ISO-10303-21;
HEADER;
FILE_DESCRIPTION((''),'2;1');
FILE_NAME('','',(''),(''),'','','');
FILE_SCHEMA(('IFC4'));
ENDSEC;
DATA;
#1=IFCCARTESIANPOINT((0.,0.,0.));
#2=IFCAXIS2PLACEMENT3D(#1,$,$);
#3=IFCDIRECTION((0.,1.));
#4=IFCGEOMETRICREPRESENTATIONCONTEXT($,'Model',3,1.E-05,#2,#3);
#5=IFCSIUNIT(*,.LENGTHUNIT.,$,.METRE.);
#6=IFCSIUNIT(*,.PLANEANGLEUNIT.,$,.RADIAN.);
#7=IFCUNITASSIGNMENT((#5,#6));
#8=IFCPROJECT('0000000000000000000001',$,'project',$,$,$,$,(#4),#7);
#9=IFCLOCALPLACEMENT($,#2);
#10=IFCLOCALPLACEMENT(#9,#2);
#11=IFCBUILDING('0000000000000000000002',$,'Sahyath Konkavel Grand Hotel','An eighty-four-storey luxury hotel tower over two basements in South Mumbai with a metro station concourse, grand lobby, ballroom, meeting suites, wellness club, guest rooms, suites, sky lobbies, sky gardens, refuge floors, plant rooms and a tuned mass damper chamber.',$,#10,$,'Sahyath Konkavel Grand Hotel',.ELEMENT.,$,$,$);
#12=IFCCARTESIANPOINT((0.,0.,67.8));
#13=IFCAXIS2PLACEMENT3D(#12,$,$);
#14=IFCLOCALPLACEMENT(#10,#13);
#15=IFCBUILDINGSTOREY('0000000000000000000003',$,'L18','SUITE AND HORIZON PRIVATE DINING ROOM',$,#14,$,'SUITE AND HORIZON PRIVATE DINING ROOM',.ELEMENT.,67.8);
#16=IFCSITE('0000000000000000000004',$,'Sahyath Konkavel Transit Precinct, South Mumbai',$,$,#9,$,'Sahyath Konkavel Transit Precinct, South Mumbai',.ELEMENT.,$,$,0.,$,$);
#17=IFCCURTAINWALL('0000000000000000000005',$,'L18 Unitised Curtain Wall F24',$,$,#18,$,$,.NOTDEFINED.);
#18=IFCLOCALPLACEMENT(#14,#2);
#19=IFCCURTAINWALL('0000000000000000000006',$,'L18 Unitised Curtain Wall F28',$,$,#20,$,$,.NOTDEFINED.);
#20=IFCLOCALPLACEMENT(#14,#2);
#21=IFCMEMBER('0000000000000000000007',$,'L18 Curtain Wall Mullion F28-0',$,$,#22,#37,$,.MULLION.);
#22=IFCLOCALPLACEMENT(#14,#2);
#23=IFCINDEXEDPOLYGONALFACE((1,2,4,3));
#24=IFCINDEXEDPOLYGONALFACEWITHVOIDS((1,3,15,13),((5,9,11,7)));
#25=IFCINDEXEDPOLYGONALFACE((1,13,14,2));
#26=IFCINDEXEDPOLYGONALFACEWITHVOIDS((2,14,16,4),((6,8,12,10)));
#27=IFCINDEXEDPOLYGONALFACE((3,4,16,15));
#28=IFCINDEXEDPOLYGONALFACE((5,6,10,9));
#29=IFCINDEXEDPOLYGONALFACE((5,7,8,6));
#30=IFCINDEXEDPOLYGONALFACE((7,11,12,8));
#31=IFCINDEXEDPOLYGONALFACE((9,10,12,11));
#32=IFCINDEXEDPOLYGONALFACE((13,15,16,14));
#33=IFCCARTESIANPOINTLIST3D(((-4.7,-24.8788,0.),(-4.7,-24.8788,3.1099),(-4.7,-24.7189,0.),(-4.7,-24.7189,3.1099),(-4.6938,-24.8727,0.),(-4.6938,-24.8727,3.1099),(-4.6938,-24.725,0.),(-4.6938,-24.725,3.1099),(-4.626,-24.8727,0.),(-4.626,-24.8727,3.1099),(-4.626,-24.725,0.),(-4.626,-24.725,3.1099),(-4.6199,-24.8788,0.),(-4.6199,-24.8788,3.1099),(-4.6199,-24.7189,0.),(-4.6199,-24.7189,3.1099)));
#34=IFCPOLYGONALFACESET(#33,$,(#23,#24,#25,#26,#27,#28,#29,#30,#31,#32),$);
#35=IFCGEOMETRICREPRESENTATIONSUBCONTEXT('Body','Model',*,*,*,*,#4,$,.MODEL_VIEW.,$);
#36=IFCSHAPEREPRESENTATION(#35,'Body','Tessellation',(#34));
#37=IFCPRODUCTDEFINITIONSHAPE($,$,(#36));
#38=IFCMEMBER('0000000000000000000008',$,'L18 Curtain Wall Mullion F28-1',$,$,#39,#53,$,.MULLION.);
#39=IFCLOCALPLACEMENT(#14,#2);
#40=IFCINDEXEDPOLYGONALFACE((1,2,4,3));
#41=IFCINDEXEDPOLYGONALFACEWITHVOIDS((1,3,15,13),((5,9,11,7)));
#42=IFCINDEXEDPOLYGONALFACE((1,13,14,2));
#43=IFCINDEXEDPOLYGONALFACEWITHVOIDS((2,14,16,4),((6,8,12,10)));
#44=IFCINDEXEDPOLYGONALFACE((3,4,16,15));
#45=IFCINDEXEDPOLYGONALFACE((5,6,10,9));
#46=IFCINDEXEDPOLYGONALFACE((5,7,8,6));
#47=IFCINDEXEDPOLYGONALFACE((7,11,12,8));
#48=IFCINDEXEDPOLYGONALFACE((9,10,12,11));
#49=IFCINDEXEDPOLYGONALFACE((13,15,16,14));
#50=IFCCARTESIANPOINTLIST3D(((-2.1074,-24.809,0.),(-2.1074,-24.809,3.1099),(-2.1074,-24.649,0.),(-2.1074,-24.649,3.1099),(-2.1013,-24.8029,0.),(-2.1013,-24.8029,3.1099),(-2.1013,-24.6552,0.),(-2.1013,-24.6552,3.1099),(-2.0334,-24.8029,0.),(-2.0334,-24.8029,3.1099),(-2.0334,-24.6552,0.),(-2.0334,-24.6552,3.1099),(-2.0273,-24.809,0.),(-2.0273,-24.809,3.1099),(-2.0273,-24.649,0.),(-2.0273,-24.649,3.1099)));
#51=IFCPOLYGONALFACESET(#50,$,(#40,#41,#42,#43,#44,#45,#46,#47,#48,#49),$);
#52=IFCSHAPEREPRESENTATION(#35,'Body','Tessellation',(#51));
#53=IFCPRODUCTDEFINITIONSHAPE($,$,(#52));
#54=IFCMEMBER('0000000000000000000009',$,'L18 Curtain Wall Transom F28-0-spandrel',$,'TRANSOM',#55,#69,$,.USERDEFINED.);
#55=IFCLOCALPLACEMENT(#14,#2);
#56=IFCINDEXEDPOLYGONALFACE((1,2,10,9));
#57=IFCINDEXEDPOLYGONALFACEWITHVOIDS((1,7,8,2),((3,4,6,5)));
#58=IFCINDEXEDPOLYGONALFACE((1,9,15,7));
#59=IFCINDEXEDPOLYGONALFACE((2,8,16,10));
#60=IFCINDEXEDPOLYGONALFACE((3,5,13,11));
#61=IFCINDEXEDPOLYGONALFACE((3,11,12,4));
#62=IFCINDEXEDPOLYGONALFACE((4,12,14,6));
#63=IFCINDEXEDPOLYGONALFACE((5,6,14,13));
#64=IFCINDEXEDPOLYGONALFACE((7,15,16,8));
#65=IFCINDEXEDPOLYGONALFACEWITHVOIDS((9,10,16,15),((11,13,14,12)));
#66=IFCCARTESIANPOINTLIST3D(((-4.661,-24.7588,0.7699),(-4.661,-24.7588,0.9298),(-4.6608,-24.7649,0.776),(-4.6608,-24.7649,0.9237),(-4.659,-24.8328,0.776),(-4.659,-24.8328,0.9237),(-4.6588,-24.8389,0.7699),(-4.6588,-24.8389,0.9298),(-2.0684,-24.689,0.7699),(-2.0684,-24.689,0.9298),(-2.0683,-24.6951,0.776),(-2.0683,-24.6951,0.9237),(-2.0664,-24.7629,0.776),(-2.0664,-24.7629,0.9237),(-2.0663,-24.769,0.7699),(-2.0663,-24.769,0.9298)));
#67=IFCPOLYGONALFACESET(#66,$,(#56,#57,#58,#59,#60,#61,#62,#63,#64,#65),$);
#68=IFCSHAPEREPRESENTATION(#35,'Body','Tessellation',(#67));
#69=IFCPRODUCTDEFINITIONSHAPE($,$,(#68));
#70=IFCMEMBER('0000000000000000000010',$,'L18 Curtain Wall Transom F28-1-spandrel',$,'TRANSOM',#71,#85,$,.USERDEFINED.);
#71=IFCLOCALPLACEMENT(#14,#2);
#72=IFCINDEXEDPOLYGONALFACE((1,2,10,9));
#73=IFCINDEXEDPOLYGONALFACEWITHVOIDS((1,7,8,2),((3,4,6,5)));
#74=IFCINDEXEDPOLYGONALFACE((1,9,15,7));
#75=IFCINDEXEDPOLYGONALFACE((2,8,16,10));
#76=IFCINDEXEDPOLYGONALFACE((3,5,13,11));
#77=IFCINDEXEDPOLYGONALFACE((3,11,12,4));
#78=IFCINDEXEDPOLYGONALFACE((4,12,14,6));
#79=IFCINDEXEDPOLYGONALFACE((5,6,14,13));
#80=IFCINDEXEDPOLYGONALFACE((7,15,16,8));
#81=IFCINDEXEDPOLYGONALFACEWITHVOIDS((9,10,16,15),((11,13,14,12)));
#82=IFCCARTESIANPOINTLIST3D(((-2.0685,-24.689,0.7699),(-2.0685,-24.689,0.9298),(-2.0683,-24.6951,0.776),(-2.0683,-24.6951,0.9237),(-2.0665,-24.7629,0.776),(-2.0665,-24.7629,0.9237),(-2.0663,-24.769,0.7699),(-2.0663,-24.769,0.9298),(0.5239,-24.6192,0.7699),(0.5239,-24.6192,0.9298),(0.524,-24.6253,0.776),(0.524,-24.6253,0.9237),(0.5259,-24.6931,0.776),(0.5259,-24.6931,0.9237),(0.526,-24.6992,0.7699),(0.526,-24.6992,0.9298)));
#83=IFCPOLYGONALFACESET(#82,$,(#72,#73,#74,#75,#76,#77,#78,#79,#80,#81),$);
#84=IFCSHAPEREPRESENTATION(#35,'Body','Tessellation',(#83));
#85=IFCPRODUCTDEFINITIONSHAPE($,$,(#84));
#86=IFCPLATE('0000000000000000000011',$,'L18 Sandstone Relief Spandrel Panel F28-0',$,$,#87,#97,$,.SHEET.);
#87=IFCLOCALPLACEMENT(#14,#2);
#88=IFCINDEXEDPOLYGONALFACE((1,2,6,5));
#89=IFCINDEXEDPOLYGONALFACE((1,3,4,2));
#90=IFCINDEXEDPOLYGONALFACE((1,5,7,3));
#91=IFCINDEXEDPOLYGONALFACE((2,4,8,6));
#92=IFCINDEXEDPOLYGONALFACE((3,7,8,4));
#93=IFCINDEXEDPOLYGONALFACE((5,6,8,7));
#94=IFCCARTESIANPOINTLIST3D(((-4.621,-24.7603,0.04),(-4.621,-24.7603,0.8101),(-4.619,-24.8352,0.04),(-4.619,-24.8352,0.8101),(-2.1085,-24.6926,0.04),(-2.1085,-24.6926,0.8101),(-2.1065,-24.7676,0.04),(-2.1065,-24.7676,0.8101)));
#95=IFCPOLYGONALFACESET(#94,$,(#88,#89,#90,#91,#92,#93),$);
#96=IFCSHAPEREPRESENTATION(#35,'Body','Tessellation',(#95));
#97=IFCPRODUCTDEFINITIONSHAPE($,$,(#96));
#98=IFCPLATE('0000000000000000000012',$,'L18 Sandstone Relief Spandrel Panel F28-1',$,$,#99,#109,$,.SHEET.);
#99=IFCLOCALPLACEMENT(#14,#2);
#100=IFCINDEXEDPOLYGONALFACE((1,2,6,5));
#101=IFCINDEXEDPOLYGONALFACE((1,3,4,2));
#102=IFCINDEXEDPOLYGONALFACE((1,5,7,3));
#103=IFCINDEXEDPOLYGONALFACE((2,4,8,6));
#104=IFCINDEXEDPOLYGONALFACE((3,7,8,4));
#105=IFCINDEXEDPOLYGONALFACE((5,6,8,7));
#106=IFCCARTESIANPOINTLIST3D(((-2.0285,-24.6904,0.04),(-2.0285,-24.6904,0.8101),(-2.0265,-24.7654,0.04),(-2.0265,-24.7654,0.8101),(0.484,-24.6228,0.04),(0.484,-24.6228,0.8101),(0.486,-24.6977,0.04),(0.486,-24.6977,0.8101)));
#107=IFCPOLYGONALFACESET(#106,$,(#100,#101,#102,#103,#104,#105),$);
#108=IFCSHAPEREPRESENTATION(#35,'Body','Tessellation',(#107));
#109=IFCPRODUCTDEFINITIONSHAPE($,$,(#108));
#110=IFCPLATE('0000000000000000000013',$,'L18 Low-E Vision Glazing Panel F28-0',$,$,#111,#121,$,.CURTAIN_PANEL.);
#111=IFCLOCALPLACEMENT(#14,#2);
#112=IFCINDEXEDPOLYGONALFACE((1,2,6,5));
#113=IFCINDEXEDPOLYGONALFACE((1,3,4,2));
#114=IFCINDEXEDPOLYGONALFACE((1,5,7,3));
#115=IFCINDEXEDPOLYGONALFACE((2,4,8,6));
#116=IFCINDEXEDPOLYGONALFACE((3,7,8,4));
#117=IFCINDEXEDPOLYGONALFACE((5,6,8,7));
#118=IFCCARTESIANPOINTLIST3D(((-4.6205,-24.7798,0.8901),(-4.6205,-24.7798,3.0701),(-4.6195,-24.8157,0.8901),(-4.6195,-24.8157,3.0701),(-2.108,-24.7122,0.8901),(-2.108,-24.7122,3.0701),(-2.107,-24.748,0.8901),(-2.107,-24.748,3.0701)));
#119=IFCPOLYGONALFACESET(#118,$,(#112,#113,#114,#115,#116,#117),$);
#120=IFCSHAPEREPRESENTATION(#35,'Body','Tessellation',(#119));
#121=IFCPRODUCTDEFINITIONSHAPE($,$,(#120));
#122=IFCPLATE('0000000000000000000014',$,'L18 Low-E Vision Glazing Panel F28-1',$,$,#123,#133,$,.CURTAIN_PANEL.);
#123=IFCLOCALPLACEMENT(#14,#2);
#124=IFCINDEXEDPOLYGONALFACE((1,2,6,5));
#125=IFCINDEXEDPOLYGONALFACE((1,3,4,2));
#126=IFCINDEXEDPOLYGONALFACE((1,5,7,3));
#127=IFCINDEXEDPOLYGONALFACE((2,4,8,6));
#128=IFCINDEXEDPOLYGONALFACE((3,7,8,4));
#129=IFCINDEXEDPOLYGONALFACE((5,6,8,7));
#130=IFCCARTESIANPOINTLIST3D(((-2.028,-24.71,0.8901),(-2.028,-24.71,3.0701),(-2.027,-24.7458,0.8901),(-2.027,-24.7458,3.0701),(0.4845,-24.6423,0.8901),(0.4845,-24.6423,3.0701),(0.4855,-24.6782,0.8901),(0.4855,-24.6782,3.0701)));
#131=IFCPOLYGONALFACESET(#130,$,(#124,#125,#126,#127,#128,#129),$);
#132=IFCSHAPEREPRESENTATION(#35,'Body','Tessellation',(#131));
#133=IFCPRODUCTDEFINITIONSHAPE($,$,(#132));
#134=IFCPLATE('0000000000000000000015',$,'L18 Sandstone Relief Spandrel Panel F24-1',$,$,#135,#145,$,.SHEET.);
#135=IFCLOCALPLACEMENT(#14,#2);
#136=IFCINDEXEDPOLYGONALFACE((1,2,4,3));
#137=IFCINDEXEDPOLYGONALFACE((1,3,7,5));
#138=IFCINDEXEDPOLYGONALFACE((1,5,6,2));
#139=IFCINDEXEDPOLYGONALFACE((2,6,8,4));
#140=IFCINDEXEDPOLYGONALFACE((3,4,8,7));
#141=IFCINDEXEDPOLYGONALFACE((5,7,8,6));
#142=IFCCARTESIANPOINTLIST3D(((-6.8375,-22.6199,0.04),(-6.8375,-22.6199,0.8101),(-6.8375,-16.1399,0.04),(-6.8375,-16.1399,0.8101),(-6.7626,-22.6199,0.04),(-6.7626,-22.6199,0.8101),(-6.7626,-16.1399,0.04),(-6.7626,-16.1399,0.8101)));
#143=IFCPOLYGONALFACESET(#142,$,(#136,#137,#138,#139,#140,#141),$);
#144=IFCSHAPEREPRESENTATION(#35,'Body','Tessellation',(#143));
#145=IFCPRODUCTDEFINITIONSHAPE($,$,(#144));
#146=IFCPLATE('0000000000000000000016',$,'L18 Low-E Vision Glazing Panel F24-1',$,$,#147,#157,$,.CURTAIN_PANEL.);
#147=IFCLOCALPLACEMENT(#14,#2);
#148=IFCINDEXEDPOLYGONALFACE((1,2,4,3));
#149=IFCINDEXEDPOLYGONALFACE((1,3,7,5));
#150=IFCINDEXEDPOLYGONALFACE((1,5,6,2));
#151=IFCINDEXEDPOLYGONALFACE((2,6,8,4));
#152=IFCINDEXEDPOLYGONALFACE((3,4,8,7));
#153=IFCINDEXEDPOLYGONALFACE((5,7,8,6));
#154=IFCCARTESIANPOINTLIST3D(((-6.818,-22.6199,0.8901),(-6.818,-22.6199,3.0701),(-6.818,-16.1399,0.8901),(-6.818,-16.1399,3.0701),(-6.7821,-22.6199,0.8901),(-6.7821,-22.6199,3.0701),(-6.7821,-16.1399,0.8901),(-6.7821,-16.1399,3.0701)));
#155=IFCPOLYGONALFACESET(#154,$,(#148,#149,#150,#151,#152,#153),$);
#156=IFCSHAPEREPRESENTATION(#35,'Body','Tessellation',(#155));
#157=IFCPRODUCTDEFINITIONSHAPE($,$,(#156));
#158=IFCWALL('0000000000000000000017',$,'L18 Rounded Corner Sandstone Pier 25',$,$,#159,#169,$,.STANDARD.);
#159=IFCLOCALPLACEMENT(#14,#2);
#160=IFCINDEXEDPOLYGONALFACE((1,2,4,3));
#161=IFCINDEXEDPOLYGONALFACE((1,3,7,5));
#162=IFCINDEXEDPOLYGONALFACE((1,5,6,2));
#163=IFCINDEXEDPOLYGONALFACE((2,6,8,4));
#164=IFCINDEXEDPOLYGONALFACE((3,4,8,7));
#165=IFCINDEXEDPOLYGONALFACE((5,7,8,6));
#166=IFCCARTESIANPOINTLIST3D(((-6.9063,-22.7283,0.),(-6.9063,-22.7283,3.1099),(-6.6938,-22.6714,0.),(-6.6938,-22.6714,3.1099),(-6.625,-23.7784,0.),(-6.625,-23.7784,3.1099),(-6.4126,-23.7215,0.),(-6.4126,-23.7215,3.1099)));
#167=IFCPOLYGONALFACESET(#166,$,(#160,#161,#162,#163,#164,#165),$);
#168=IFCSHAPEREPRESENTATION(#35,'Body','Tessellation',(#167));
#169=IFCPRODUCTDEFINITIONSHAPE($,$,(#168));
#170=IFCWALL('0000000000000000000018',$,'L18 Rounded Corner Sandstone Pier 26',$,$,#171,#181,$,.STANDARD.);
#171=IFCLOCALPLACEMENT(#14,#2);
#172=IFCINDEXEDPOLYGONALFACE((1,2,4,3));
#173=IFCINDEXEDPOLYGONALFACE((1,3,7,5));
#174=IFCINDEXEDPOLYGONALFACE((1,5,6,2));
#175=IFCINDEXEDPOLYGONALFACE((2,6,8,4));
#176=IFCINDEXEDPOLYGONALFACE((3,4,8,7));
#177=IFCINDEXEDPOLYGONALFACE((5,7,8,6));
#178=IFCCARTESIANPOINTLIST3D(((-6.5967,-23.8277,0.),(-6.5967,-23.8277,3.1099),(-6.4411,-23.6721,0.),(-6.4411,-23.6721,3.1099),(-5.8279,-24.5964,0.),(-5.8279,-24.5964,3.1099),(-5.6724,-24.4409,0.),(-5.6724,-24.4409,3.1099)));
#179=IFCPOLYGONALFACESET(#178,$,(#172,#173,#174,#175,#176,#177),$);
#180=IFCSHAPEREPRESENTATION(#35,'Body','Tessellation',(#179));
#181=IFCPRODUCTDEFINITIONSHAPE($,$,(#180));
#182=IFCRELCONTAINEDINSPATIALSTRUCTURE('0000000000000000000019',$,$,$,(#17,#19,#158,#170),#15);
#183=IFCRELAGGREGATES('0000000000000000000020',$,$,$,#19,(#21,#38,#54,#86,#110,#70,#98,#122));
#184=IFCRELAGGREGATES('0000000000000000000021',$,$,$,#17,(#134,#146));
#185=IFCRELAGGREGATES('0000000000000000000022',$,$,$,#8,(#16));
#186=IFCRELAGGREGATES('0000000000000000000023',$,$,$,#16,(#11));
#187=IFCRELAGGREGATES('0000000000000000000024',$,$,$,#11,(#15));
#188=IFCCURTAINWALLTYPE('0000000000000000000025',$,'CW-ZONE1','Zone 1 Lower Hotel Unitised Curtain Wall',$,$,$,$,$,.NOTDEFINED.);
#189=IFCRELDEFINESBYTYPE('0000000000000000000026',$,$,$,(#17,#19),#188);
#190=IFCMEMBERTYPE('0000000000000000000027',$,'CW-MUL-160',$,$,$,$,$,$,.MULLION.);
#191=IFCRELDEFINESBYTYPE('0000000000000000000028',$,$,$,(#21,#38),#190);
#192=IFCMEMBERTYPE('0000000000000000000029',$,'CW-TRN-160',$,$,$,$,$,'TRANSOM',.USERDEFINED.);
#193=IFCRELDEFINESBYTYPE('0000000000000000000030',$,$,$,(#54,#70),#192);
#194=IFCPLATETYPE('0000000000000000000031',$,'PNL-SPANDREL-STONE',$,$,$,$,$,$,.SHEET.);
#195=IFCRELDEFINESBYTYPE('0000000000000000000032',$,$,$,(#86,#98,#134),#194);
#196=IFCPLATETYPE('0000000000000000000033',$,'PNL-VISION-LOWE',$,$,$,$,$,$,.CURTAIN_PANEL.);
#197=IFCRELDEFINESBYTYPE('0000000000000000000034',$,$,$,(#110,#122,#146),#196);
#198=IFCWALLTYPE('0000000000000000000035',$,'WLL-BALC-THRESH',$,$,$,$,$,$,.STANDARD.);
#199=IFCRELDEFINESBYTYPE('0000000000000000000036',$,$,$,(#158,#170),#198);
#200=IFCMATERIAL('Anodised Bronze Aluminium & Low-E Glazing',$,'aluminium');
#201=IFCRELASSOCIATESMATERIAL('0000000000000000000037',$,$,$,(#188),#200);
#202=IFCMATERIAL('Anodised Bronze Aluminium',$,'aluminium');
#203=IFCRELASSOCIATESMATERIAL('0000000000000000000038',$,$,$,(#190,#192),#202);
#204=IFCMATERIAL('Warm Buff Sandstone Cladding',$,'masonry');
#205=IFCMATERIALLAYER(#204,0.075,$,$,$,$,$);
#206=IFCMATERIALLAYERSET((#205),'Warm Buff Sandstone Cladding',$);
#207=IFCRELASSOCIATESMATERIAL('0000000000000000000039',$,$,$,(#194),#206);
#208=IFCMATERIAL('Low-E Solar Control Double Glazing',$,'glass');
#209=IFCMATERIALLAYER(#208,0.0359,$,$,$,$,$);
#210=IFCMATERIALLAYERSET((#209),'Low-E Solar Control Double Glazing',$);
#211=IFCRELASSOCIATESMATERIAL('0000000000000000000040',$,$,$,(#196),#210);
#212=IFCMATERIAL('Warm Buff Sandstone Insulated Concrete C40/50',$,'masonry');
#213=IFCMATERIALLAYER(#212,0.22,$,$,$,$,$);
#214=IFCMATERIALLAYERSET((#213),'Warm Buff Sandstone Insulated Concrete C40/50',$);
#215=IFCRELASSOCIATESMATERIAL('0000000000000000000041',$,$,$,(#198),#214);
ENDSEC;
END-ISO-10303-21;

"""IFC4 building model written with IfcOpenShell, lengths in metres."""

from ifc_helpers import new_model, si_unit, direction, frame, frame_2d, origin, origin_2d, place, context, subcontext, project, spatial, rectangle, hollow_rectangle, extrude, source, transform, mapped, material, layer, layer_set, material_profile, profile_set, type_object, element, aggregate, save


model = new_model("IFC4")

# Units and contexts
model_context = context("Model", 3, precision=1e-05, world=origin(), true_north=direction((0.0, 1.0)))
body_context = subcontext(model_context, "Body", "Model", "MODEL_VIEW")
ifc_project = project(units=[si_unit("LENGTHUNIT", "METRE"), si_unit("PLANEANGLEUNIT", "RADIAN")], contexts=[model_context])

# Site, building, storey
site_placement = place(None, origin())
site = spatial("IfcSite", under=ifc_project, at=site_placement, Name="Sahyath Konkavel Transit Precinct, South Mumbai", LongName="Sahyath Konkavel Transit Precinct, South Mumbai", CompositionType="ELEMENT", RefElevation=0.0)
building_placement = place(site_placement, origin())
building = spatial("IfcBuilding", under=site, at=building_placement, Name="Sahyath Konkavel Grand Hotel", Description="An eighty-four-storey luxury hotel tower over two basements in South Mumbai with a metro station concourse, grand lobby, ballroom, meeting suites, wellness club, guest rooms, suites, sky lobbies, sky gardens, refuge floors, plant rooms and a tuned mass damper chamber.", LongName="Sahyath Konkavel Grand Hotel", CompositionType="ELEMENT")
storey_placement = place(building_placement, frame((0.0, 0.0, 67.8)))
storey = spatial("IfcBuildingStorey", under=building, at=storey_placement, Name="L18", Description="SUITE AND HORIZON PRIVATE DINING ROOM", LongName="SUITE AND HORIZON PRIVATE DINING ROOM", CompositionType="ELEMENT", Elevation=67.8)

# Curtain wall
ifc_material_1 = material(Name="Anodised Bronze Aluminium & Low-E Glazing", Category="aluminium")
curtain_wall_type = type_object("IfcCurtainWallType", Name="CW-ZONE1", Description="Zone 1 Lower Hotel Unitised Curtain Wall", PredefinedType="NOTDEFINED", material=ifc_material_1)
curtain_wall_1_placement = place(storey_placement, origin())
curtain_wall_1 = element("IfcCurtainWall", 1, at=curtain_wall_1_placement, inside=storey, type_object=curtain_wall_type, Name="L18 Unitised Curtain Wall F24", PredefinedType="NOTDEFINED")
ifc_material_2 = material(Name="Anodised Bronze Aluminium", Category="aluminium")
ifc_material_profile_1 = material_profile(ifc_material_2, hollow_rectangle(XDim=0.0801, YDim=0.1599, WallThickness=0.0061, at=origin_2d()), Name="RHS 160x80x6")
ifc_profile_set_1 = profile_set([ifc_material_profile_1], Name="Anodised Bronze Aluminium")
member_type_1 = type_object("IfcMemberType", Name="CW-MUL-160", PredefinedType="MULLION", material=ifc_profile_set_1)
shared_shape_1 = source(origin(), body_context, "Body", "SweptSolid", [
    extrude(hollow_rectangle(XDim=0.0801, YDim=0.1599, WallThickness=0.0061, at=origin_2d()), origin(), (0.0, 0.0, 1.0), 3.1099),
])

# Curtain wall, members, plates
curtain_wall_2_placement = place(storey_placement, origin())
curtain_wall_2 = element("IfcCurtainWall", 2, at=curtain_wall_2_placement, inside=storey, type_object=curtain_wall_type, Name="L18 Unitised Curtain Wall F28", PredefinedType="NOTDEFINED")
member_1_placement = place(storey_placement, frame((-4.6599, -24.7988, 0.0), z_axis=(0.0, 0.0, 1.0), x_axis=(1.0, 0.0, 0.0)))
member_1 = element("IfcMember", 3, at=member_1_placement, type_object=member_type_1, Name="L18 Curtain Wall Mullion F28-0", PredefinedType="MULLION", context=body_context, shape_type="MappedRepresentation", body=[
    mapped(shared_shape_1, transform((0.0, 0.0, 0.0), scale=1.0)),
])
member_2_placement = place(storey_placement, frame((-2.0674, -24.729, 0.0), z_axis=(0.0, 0.0, 1.0), x_axis=(1.0, 0.0, 0.0)))
member_2 = element("IfcMember", 4, at=member_2_placement, type_object=member_type_1, Name="L18 Curtain Wall Mullion F28-1", PredefinedType="MULLION", context=body_context, shape_type="MappedRepresentation", body=[
    mapped(shared_shape_1, transform((0.0, 0.0, 0.0), scale=1.0)),
])
ifc_material_profile_2 = material_profile(ifc_material_2, hollow_rectangle(XDim=0.0801, YDim=0.1599, WallThickness=0.0061, at=origin_2d()), Name="RHS 160x80x6")
ifc_profile_set_2 = profile_set([ifc_material_profile_2], Name="Anodised Bronze Aluminium")
member_type_2 = type_object("IfcMemberType", Name="CW-TRN-160", ElementType="TRANSOM", PredefinedType="USERDEFINED", material=ifc_profile_set_2)
shared_shape_2 = source(origin(), body_context, "Body", "SweptSolid", [
    extrude(hollow_rectangle(XDim=0.0801, YDim=0.1599, WallThickness=0.0061, at=origin_2d()), origin(), (0.0, 0.0, 1.0), 2.5935),
])
member_3_placement = place(storey_placement, frame((-4.6599, -24.7988, 0.8499), z_axis=(0.999638, 0.026923, 0.0), x_axis=(-0.026923, 0.999638, 0.0)))
member_3 = element("IfcMember", 5, at=member_3_placement, type_object=member_type_2, Name="L18 Curtain Wall Transom F28-0-spandrel", ObjectType="TRANSOM", PredefinedType="USERDEFINED", context=body_context, shape_type="MappedRepresentation", body=[
    mapped(shared_shape_2, transform((0.0, 0.0, 0.0), scale=1.0)),
])
shared_shape_3 = source(origin(), body_context, "Body", "SweptSolid", [
    extrude(hollow_rectangle(XDim=0.0801, YDim=0.1599, WallThickness=0.0061, at=origin_2d()), origin(), (0.0, 0.0, 1.0), 2.5933),
])
member_4_placement = place(storey_placement, frame((-2.0674, -24.729, 0.8499), z_axis=(0.999637, 0.026926, 0.0), x_axis=(-0.026926, 0.999637, 0.0)))
member_4 = element("IfcMember", 6, at=member_4_placement, type_object=member_type_2, Name="L18 Curtain Wall Transom F28-1-spandrel", ObjectType="TRANSOM", PredefinedType="USERDEFINED", context=body_context, shape_type="MappedRepresentation", body=[
    mapped(shared_shape_3, transform((0.0, 0.0, 0.0), scale=1.0)),
])
ifc_material_3 = material(Name="Warm Buff Sandstone Cladding", Category="masonry")
ifc_layer_1 = layer(ifc_material_3, 0.075)
ifc_layer_set_1 = layer_set([ifc_layer_1], Name="Warm Buff Sandstone Cladding")
plate_type_1 = type_object("IfcPlateType", Name="PNL-SPANDREL-STONE", PredefinedType="SHEET", material=ifc_layer_set_1)
shared_shape_4 = source(origin(), body_context, "Body", "SweptSolid", [
    extrude(rectangle(XDim=2.5134, YDim=0.075, at=origin_2d()), origin(), (0.0, 0.0, 1.0), 0.77),
])
plate_1_placement = place(storey_placement, frame((-3.3638, -24.7639, 0.04), z_axis=(0.0, 0.0, 1.0), x_axis=(0.999638, 0.02691, 0.0)))
plate_1 = element("IfcPlate", 7, at=plate_1_placement, type_object=plate_type_1, Name="L18 Sandstone Relief Spandrel Panel F28-0", PredefinedType="SHEET", context=body_context, shape_type="MappedRepresentation", body=[
    mapped(shared_shape_4, transform((0.0, 0.0, 0.0), scale=1.0)),
])
plate_2_placement = place(storey_placement, frame((-0.7712, -24.6941, 0.04), z_axis=(0.0, 0.0, 1.0), x_axis=(0.999638, 0.02691, 0.0)))
plate_2 = element("IfcPlate", 8, at=plate_2_placement, type_object=plate_type_1, Name="L18 Sandstone Relief Spandrel Panel F28-1", PredefinedType="SHEET", context=body_context, shape_type="MappedRepresentation", body=[
    mapped(shared_shape_4, transform((0.0, 0.0, 0.0), scale=1.0)),
])
ifc_material_4 = material(Name="Low-E Solar Control Double Glazing", Category="glass")
ifc_layer_2 = layer(ifc_material_4, 0.0359)
ifc_layer_set_2 = layer_set([ifc_layer_2], Name="Low-E Solar Control Double Glazing")
plate_type_2 = type_object("IfcPlateType", Name="PNL-VISION-LOWE", PredefinedType="CURTAIN_PANEL", material=ifc_layer_set_2)
shared_shape_5 = source(origin(), body_context, "Body", "SweptSolid", [
    extrude(rectangle(XDim=2.5134, YDim=0.0359, at=origin_2d()), origin(), (0.0, 0.0, 1.0), 2.1799),
])
plate_3_placement = place(storey_placement, frame((-3.3638, -24.7639, 0.8901), z_axis=(0.0, 0.0, 1.0), x_axis=(0.999638, 0.02691, 0.0)))
plate_3 = element("IfcPlate", 9, at=plate_3_placement, type_object=plate_type_2, Name="L18 Low-E Vision Glazing Panel F28-0", PredefinedType="CURTAIN_PANEL", context=body_context, shape_type="MappedRepresentation", body=[
    mapped(shared_shape_5, transform((0.0, 0.0, 0.0), scale=1.0)),
])
plate_4_placement = place(storey_placement, frame((-0.7712, -24.6941, 0.8901), z_axis=(0.0, 0.0, 1.0), x_axis=(0.999638, 0.02691, 0.0)))
plate_4 = element("IfcPlate", 10, at=plate_4_placement, type_object=plate_type_2, Name="L18 Low-E Vision Glazing Panel F28-1", PredefinedType="CURTAIN_PANEL", context=body_context, shape_type="MappedRepresentation", body=[
    mapped(shared_shape_5, transform((0.0, 0.0, 0.0), scale=1.0)),
])
aggregate(curtain_wall_2, [member_1, member_2, member_3, plate_1, plate_3, member_4, plate_2, plate_4])

# Plates
shared_shape_6 = source(origin(), body_context, "Body", "SweptSolid", [
    extrude(rectangle(XDim=6.48, YDim=0.075, at=origin_2d()), origin(), (0.0, 0.0, 1.0), 0.77),
])
plate_5_placement = place(storey_placement, frame((-6.8, -19.3799, 0.04), z_axis=(0.0, 0.0, 1.0), x_axis=(0.0, -1.0, 0.0)))
plate_5 = element("IfcPlate", 11, at=plate_5_placement, type_object=plate_type_1, Name="L18 Sandstone Relief Spandrel Panel F24-1", PredefinedType="SHEET", context=body_context, shape_type="MappedRepresentation", body=[
    mapped(shared_shape_6, transform((0.0, 0.0, 0.0), scale=1.0)),
])
shared_shape_7 = source(origin(), body_context, "Body", "SweptSolid", [
    extrude(rectangle(XDim=6.48, YDim=0.0359, at=origin_2d()), origin(), (0.0, 0.0, 1.0), 2.1799),
])
plate_6_placement = place(storey_placement, frame((-6.8, -19.3799, 0.8901), z_axis=(0.0, 0.0, 1.0), x_axis=(0.0, -1.0, 0.0)))
plate_6 = element("IfcPlate", 12, at=plate_6_placement, type_object=plate_type_2, Name="L18 Low-E Vision Glazing Panel F24-1", PredefinedType="CURTAIN_PANEL", context=body_context, shape_type="MappedRepresentation", body=[
    mapped(shared_shape_7, transform((0.0, 0.0, 0.0), scale=1.0)),
])
aggregate(curtain_wall_1, [plate_5, plate_6])

# Walls
ifc_material_5 = material(Name="Warm Buff Sandstone Insulated Concrete C40/50", Category="masonry")
ifc_layer_3 = layer(ifc_material_5, 0.22)
ifc_layer_set_3 = layer_set([ifc_layer_3], Name="Warm Buff Sandstone Insulated Concrete C40/50")
wall_type_1 = type_object("IfcWallType", Name="WLL-BALC-THRESH", PredefinedType="STANDARD", material=ifc_layer_set_3)
for number, where, z_axis, x_axis, name in (
    (13, (-6.8, -22.7, 0.0), (0.0, 0.0, 1.0), (0.258725, -0.965951, 0.0), "L18 Rounded Corner Sandstone Pier 25"),
    (14, (-6.5188, -23.75, 0.0), (0.0, 0.0, 1.0), (0.707107, -0.707107, 0.0), "L18 Rounded Corner Sandstone Pier 26"),
):
    element("IfcWall", number, at=place(storey_placement, frame(where, z_axis=z_axis, x_axis=x_axis)), inside=storey, type_object=wall_type_1, Name=name, PredefinedType="STANDARD", context=body_context, shape_type="SweptSolid", body=[
        extrude(rectangle(XDim=1.0872, YDim=0.22, at=frame_2d((0.5435, 0.0))), origin(), (0.0, 0.0, 1.0), 3.1099),
    ])

save(model, "model.ifc")
